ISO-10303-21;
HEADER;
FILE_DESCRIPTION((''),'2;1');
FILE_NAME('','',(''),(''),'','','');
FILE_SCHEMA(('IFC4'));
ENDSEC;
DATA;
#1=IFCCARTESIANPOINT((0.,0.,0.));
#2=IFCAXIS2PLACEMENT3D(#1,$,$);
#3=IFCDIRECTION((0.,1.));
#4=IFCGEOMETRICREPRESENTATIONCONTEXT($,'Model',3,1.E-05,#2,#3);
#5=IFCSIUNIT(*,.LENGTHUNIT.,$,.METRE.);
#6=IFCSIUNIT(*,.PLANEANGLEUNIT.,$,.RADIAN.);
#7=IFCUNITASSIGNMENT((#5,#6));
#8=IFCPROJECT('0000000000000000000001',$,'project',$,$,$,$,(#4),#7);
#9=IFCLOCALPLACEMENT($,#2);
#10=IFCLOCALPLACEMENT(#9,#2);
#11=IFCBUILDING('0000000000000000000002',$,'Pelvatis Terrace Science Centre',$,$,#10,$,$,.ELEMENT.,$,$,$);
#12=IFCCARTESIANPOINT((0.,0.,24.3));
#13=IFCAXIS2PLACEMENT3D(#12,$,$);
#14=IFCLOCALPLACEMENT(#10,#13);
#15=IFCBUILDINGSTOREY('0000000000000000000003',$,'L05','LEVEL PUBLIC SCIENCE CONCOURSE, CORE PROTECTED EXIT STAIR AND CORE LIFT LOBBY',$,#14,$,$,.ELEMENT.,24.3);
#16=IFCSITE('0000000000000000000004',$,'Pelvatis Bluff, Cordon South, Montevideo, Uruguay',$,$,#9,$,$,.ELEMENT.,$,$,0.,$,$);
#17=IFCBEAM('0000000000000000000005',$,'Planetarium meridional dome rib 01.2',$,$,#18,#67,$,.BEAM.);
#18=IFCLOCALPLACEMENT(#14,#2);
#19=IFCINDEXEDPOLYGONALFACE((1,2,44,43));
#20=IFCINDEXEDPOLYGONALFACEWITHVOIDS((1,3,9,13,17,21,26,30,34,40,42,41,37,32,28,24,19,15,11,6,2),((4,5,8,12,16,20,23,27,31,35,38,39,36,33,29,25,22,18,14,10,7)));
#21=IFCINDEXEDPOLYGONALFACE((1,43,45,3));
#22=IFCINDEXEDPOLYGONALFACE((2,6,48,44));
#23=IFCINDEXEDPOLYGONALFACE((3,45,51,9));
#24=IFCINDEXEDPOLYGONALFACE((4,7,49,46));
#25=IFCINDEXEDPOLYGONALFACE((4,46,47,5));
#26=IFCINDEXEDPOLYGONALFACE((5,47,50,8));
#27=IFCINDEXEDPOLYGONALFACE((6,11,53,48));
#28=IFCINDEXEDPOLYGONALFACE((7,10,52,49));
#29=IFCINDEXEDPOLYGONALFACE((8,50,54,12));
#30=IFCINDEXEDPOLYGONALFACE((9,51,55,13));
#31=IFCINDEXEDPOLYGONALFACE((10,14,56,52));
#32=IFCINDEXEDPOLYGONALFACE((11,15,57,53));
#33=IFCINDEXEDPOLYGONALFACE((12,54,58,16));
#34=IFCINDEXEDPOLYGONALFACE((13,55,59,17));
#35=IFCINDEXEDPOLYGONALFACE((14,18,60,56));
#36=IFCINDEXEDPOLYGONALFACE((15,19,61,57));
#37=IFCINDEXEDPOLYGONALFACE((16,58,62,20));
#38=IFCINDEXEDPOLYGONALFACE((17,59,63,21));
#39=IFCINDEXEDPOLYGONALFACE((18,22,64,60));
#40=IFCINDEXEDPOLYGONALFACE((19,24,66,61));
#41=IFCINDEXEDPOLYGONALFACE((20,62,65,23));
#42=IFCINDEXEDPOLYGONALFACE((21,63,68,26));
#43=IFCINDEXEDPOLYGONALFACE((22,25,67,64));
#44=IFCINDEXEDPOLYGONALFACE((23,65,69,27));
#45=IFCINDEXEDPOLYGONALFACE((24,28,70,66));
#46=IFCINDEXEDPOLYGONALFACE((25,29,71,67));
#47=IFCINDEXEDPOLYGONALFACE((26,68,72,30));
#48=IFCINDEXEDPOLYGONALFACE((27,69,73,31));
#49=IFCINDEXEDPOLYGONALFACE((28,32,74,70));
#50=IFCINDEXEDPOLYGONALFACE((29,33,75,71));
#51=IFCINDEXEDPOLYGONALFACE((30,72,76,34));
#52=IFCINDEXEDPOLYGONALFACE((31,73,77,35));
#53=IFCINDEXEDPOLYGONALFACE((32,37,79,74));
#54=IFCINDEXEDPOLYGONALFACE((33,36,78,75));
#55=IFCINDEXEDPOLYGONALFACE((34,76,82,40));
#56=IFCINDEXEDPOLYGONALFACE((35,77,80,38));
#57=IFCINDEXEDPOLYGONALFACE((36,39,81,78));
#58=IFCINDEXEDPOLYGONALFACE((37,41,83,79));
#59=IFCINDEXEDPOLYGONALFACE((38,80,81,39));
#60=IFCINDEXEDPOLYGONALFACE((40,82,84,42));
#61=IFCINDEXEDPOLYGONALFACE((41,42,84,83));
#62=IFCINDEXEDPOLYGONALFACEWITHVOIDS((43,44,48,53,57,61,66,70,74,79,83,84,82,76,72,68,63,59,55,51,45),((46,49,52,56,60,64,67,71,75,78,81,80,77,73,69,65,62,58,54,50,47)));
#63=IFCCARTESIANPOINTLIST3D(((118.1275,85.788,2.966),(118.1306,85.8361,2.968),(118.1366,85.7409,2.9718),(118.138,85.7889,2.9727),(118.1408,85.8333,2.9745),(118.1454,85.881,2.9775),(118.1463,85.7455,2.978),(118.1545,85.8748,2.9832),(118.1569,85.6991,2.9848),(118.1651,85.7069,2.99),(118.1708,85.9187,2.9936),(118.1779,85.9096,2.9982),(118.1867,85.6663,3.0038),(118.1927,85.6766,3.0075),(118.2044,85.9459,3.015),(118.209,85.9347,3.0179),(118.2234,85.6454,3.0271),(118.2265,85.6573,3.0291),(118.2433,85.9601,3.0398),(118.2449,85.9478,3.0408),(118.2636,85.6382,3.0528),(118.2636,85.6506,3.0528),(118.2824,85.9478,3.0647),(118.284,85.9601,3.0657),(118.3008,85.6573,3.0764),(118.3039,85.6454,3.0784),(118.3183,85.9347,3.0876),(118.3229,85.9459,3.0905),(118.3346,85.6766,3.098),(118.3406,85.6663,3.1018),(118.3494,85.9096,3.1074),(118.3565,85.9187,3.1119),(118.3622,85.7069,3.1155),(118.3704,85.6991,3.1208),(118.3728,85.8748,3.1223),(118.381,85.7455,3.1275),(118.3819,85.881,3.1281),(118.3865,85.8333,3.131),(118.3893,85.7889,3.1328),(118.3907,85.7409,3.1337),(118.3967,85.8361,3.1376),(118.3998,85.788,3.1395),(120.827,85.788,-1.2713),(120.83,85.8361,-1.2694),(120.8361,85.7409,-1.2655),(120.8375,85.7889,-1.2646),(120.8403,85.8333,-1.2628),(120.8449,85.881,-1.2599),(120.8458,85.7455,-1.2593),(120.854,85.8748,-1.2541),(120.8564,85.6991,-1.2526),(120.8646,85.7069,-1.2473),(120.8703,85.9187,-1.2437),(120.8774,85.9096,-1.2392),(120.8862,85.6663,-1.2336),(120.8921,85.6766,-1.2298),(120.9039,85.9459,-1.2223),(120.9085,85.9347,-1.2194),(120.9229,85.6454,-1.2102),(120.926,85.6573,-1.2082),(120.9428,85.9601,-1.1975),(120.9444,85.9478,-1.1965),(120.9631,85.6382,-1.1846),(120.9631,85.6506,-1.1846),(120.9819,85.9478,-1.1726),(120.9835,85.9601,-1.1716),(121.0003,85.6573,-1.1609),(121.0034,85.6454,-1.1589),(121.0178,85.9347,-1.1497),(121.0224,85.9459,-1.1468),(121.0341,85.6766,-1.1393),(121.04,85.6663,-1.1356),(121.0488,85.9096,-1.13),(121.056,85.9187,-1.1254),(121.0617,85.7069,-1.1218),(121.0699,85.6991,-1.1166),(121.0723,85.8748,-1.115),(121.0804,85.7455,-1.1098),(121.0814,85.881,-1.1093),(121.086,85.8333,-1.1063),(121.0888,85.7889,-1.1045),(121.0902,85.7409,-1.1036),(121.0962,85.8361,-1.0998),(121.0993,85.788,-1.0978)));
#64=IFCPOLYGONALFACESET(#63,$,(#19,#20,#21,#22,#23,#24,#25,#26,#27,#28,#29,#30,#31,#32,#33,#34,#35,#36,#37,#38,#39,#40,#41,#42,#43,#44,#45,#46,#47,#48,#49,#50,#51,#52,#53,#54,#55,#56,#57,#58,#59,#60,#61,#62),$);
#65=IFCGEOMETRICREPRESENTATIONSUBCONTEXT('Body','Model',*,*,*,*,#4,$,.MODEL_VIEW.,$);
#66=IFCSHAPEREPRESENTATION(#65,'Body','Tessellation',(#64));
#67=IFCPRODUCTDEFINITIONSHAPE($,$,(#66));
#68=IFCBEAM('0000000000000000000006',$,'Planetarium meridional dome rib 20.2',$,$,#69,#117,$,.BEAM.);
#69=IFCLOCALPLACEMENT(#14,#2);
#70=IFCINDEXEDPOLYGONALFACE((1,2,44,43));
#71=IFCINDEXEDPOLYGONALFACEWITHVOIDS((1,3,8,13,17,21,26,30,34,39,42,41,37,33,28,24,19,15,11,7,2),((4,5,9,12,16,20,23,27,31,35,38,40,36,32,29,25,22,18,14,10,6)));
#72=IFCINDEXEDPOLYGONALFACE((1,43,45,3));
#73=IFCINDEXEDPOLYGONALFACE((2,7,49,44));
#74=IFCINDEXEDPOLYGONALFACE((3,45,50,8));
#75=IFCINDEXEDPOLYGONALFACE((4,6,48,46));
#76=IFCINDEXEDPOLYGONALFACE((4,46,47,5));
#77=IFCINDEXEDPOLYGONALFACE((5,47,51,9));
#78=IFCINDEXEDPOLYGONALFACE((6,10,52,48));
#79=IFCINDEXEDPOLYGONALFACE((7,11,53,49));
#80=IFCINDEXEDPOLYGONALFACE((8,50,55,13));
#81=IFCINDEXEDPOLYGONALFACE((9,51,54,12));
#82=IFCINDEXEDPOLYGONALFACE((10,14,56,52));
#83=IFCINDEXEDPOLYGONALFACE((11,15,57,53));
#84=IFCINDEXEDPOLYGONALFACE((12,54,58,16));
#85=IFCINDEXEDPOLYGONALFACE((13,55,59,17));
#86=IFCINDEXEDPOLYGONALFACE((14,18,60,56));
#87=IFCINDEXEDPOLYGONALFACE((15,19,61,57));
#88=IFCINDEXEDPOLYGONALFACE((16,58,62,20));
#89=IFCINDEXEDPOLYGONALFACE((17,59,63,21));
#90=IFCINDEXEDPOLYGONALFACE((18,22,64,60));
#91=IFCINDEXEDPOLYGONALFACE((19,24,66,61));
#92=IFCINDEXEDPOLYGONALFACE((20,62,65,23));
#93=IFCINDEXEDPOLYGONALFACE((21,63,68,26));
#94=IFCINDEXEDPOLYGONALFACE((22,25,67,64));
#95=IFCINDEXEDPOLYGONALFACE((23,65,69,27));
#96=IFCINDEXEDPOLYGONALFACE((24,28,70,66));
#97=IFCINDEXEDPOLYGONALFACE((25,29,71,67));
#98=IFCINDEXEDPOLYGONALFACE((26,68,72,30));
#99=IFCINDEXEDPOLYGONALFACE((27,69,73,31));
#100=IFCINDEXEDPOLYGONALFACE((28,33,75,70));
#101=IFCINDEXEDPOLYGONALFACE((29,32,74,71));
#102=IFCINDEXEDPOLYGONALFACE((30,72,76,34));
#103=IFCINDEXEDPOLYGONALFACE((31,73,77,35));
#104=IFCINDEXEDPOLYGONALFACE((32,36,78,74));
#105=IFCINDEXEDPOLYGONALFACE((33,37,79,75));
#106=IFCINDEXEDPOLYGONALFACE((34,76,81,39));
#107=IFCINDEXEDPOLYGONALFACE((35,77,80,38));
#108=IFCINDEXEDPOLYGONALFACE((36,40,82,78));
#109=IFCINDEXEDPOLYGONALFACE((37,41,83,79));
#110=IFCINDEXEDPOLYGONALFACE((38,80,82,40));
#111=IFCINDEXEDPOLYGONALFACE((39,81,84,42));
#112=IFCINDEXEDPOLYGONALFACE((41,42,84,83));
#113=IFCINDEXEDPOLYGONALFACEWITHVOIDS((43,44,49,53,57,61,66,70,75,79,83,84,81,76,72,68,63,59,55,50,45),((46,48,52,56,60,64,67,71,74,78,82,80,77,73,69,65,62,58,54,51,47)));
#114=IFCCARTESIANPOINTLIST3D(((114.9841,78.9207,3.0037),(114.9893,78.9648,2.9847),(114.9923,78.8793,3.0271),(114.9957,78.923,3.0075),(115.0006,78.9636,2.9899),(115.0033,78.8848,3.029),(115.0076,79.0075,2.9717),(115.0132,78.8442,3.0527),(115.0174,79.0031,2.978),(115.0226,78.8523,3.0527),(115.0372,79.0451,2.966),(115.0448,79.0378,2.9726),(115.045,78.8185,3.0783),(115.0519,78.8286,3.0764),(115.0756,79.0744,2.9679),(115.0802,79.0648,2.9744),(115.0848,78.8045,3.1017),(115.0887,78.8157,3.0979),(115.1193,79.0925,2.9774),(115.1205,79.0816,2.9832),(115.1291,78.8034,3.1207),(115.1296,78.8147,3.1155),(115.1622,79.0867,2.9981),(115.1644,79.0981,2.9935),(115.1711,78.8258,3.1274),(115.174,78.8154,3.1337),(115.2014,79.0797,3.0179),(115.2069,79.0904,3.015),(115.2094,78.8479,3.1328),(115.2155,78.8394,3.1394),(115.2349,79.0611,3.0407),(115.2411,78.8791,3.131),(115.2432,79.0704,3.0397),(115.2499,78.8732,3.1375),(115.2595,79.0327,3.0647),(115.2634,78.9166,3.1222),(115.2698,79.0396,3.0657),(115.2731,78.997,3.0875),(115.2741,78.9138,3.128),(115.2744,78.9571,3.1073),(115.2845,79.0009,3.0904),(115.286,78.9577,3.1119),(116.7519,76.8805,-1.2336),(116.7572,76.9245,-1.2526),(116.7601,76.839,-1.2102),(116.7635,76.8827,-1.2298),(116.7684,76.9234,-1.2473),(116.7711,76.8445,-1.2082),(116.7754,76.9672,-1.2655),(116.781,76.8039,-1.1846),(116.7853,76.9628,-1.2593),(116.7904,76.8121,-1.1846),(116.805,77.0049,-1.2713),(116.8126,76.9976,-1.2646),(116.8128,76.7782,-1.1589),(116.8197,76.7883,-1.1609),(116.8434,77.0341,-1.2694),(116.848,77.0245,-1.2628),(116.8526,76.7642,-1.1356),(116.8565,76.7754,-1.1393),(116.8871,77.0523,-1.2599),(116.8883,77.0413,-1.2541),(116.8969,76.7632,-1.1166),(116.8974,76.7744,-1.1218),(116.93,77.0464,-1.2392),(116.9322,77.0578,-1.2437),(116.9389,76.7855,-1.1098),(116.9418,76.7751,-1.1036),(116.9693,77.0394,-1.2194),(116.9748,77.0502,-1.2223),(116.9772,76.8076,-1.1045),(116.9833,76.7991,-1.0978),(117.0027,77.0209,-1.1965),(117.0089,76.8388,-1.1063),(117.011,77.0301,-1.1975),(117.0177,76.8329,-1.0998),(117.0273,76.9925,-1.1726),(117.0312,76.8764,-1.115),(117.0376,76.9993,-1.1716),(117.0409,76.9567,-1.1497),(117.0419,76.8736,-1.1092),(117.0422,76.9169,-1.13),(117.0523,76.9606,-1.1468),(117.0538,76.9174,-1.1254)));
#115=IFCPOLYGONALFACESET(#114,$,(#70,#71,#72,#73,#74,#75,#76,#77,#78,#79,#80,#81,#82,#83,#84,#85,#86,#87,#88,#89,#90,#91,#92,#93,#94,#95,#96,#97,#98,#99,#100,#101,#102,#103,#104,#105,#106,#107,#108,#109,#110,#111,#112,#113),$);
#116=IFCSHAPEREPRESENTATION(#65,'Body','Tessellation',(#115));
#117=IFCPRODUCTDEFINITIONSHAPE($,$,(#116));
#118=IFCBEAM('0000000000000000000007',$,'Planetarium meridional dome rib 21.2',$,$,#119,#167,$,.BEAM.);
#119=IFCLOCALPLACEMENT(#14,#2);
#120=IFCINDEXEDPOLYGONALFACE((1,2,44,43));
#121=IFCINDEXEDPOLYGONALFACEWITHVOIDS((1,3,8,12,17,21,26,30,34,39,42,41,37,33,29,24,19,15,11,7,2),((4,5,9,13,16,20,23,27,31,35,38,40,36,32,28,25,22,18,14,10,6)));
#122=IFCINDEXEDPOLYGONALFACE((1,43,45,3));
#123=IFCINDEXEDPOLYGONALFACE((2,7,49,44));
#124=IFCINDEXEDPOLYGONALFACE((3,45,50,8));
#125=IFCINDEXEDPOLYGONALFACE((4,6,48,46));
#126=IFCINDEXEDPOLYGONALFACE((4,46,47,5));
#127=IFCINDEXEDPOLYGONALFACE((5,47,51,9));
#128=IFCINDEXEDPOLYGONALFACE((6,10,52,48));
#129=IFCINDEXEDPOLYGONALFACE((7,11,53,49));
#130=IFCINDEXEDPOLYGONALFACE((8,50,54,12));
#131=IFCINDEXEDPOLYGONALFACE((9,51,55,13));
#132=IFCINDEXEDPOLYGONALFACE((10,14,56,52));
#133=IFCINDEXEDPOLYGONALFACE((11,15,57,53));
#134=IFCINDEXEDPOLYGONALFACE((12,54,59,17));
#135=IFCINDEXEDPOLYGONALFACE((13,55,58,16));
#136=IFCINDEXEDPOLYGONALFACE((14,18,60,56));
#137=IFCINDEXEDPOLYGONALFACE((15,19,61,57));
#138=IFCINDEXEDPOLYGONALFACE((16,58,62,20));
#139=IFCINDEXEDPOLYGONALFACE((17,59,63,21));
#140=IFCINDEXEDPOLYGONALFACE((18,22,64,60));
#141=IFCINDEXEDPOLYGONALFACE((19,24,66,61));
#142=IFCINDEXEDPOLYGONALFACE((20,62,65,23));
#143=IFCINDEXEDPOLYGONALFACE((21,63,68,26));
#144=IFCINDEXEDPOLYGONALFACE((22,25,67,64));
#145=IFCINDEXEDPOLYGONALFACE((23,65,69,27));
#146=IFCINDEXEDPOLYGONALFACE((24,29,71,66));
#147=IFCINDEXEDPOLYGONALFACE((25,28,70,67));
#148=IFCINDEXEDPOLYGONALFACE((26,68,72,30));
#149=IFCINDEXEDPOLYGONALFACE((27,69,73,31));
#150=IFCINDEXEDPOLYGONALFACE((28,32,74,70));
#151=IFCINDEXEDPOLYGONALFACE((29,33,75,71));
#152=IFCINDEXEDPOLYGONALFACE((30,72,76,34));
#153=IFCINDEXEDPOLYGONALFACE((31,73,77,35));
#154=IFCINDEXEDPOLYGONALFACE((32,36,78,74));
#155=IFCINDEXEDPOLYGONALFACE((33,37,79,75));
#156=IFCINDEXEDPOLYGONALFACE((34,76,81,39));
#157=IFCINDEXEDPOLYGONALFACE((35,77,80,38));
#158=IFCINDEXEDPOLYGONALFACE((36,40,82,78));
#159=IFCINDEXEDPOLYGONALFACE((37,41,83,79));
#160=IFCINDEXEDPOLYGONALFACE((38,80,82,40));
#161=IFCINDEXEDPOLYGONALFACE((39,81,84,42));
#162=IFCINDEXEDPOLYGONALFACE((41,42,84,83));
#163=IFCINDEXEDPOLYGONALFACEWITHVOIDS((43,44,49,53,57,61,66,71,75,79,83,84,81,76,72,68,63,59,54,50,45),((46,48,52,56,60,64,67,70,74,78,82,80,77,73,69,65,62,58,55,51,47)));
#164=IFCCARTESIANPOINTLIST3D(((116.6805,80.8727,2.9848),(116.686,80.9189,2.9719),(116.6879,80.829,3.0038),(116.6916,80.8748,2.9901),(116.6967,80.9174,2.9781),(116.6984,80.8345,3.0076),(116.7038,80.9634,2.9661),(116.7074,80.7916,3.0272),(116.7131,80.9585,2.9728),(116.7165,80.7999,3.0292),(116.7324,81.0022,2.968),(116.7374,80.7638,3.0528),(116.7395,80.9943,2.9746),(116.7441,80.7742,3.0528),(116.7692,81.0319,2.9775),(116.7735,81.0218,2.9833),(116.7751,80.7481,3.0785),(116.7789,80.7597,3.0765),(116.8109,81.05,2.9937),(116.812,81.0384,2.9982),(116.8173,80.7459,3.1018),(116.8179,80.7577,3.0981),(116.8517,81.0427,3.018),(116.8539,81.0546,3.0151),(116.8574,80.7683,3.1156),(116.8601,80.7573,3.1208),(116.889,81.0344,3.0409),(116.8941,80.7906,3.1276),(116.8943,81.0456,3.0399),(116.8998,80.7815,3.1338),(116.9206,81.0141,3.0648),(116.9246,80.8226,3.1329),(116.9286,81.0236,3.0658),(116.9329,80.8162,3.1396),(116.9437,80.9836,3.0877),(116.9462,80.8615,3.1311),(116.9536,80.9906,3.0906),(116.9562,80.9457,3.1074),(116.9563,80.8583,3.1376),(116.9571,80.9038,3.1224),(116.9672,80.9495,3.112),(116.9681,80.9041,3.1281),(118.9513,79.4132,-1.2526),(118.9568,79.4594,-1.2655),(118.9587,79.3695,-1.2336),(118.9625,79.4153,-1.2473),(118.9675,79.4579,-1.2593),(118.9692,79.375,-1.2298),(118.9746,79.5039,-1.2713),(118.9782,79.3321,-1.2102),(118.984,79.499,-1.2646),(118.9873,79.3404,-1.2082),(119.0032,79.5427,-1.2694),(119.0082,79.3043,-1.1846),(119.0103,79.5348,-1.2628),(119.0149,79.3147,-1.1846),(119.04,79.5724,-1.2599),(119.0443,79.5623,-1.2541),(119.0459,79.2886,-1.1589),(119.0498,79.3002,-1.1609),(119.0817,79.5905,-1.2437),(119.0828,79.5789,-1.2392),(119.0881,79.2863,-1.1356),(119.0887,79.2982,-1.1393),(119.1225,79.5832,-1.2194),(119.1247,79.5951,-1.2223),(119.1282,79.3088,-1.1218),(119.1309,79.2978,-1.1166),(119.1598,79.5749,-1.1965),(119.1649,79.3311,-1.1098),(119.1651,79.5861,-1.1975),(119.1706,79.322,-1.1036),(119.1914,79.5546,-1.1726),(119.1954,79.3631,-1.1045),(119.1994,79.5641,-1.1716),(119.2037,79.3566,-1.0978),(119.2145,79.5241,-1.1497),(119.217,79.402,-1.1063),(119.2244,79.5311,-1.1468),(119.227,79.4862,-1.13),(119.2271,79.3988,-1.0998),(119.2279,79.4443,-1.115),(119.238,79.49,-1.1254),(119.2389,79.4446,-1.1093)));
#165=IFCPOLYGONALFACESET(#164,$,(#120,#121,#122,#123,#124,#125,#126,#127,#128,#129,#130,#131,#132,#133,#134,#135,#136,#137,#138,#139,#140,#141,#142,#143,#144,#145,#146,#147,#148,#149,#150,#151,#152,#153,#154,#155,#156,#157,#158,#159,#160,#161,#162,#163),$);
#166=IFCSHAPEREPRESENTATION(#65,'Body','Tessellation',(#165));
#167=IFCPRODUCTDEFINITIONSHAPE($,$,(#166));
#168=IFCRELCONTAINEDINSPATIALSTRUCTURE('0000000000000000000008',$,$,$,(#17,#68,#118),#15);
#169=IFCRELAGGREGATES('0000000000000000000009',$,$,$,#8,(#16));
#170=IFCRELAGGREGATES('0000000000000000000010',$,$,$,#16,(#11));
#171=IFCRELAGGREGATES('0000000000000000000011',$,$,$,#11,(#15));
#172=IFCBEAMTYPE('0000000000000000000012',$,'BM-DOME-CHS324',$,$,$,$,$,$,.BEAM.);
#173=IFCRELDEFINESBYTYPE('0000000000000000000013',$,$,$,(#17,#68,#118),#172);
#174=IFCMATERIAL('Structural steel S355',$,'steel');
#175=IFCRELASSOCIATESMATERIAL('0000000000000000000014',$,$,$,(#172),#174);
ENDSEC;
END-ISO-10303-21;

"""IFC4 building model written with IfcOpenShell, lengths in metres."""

from ifc_helpers import new_model, si_unit, direction, frame, origin, origin_2d, place, context, subcontext, project, spatial, hollow_circle, extrude, material, material_profile, profile_set, type_object, element, save


model = new_model("IFC4")

# Units and contexts
model_context = context("Model", 3, precision=1e-05, world=origin(), true_north=direction((0.0, 1.0)))
body_context = subcontext(model_context, "Body", "Model", "MODEL_VIEW")
ifc_project = project(units=[si_unit("LENGTHUNIT", "METRE"), si_unit("PLANEANGLEUNIT", "RADIAN")], contexts=[model_context])

# Site, building, storey
site_placement = place(None, origin())
site = spatial("IfcSite", under=ifc_project, at=site_placement, Name="Pelvatis Bluff, Cordon South, Montevideo, Uruguay", CompositionType="ELEMENT", RefElevation=0.0)
building_placement = place(site_placement, origin())
building = spatial("IfcBuilding", under=site, at=building_placement, Name="Pelvatis Terrace Science Centre", CompositionType="ELEMENT")
storey_placement = place(building_placement, frame((0.0, 0.0, 24.3)))
storey = spatial("IfcBuildingStorey", under=building, at=storey_placement, Name="L05", Description="LEVEL PUBLIC SCIENCE CONCOURSE, CORE PROTECTED EXIT STAIR AND CORE LIFT LOBBY", CompositionType="ELEMENT", Elevation=24.3)

# Beams
ifc_material_1 = material(Name="Structural steel S355", Category="steel")
ifc_material_profile_1 = material_profile(ifc_material_1, hollow_circle(Radius=0.1619, WallThickness=0.0125, at=origin_2d()), Name="CHS 323.9x12.5")
ifc_profile_set_1 = profile_set([ifc_material_profile_1], Name="Structural steel S355")
beam_type_1 = type_object("IfcBeamType", Name="BM-DOME-CHS324", PredefinedType="BEAM", material=ifc_profile_set_1)
for number, where, z_axis, x_axis, name in (
    (1, (120.9631, 85.8, -1.1846), (-0.5373, 0.0, 0.843391), (0.0, -1.0, 0.0), "Planetarium meridional dome rib 01.2"),
    (2, (116.9033, 76.9099, -1.1846), (-0.351861, 0.40609, 0.843377), (-0.755767, -0.654841, 0.0), "Planetarium meridional dome rib 20.2"),
    (3, (119.0957, 79.4404, -1.1846), (-0.451976, 0.290497, 0.843403), (-0.54068, -0.841228, 0.0), "Planetarium meridional dome rib 21.2"),
):
    element("IfcBeam", number, at=place(storey_placement, frame(where, z_axis=z_axis, x_axis=x_axis)), inside=storey, type_object=beam_type_1, Name=name, PredefinedType="BEAM", context=body_context, shape_type="SweptSolid", body=[
        extrude(hollow_circle(Radius=0.1619, WallThickness=0.0125, at=origin_2d()), origin(), (0.0, 0.0, 1.0), 5.0242),
    ])

save(model, "model.ifc")
